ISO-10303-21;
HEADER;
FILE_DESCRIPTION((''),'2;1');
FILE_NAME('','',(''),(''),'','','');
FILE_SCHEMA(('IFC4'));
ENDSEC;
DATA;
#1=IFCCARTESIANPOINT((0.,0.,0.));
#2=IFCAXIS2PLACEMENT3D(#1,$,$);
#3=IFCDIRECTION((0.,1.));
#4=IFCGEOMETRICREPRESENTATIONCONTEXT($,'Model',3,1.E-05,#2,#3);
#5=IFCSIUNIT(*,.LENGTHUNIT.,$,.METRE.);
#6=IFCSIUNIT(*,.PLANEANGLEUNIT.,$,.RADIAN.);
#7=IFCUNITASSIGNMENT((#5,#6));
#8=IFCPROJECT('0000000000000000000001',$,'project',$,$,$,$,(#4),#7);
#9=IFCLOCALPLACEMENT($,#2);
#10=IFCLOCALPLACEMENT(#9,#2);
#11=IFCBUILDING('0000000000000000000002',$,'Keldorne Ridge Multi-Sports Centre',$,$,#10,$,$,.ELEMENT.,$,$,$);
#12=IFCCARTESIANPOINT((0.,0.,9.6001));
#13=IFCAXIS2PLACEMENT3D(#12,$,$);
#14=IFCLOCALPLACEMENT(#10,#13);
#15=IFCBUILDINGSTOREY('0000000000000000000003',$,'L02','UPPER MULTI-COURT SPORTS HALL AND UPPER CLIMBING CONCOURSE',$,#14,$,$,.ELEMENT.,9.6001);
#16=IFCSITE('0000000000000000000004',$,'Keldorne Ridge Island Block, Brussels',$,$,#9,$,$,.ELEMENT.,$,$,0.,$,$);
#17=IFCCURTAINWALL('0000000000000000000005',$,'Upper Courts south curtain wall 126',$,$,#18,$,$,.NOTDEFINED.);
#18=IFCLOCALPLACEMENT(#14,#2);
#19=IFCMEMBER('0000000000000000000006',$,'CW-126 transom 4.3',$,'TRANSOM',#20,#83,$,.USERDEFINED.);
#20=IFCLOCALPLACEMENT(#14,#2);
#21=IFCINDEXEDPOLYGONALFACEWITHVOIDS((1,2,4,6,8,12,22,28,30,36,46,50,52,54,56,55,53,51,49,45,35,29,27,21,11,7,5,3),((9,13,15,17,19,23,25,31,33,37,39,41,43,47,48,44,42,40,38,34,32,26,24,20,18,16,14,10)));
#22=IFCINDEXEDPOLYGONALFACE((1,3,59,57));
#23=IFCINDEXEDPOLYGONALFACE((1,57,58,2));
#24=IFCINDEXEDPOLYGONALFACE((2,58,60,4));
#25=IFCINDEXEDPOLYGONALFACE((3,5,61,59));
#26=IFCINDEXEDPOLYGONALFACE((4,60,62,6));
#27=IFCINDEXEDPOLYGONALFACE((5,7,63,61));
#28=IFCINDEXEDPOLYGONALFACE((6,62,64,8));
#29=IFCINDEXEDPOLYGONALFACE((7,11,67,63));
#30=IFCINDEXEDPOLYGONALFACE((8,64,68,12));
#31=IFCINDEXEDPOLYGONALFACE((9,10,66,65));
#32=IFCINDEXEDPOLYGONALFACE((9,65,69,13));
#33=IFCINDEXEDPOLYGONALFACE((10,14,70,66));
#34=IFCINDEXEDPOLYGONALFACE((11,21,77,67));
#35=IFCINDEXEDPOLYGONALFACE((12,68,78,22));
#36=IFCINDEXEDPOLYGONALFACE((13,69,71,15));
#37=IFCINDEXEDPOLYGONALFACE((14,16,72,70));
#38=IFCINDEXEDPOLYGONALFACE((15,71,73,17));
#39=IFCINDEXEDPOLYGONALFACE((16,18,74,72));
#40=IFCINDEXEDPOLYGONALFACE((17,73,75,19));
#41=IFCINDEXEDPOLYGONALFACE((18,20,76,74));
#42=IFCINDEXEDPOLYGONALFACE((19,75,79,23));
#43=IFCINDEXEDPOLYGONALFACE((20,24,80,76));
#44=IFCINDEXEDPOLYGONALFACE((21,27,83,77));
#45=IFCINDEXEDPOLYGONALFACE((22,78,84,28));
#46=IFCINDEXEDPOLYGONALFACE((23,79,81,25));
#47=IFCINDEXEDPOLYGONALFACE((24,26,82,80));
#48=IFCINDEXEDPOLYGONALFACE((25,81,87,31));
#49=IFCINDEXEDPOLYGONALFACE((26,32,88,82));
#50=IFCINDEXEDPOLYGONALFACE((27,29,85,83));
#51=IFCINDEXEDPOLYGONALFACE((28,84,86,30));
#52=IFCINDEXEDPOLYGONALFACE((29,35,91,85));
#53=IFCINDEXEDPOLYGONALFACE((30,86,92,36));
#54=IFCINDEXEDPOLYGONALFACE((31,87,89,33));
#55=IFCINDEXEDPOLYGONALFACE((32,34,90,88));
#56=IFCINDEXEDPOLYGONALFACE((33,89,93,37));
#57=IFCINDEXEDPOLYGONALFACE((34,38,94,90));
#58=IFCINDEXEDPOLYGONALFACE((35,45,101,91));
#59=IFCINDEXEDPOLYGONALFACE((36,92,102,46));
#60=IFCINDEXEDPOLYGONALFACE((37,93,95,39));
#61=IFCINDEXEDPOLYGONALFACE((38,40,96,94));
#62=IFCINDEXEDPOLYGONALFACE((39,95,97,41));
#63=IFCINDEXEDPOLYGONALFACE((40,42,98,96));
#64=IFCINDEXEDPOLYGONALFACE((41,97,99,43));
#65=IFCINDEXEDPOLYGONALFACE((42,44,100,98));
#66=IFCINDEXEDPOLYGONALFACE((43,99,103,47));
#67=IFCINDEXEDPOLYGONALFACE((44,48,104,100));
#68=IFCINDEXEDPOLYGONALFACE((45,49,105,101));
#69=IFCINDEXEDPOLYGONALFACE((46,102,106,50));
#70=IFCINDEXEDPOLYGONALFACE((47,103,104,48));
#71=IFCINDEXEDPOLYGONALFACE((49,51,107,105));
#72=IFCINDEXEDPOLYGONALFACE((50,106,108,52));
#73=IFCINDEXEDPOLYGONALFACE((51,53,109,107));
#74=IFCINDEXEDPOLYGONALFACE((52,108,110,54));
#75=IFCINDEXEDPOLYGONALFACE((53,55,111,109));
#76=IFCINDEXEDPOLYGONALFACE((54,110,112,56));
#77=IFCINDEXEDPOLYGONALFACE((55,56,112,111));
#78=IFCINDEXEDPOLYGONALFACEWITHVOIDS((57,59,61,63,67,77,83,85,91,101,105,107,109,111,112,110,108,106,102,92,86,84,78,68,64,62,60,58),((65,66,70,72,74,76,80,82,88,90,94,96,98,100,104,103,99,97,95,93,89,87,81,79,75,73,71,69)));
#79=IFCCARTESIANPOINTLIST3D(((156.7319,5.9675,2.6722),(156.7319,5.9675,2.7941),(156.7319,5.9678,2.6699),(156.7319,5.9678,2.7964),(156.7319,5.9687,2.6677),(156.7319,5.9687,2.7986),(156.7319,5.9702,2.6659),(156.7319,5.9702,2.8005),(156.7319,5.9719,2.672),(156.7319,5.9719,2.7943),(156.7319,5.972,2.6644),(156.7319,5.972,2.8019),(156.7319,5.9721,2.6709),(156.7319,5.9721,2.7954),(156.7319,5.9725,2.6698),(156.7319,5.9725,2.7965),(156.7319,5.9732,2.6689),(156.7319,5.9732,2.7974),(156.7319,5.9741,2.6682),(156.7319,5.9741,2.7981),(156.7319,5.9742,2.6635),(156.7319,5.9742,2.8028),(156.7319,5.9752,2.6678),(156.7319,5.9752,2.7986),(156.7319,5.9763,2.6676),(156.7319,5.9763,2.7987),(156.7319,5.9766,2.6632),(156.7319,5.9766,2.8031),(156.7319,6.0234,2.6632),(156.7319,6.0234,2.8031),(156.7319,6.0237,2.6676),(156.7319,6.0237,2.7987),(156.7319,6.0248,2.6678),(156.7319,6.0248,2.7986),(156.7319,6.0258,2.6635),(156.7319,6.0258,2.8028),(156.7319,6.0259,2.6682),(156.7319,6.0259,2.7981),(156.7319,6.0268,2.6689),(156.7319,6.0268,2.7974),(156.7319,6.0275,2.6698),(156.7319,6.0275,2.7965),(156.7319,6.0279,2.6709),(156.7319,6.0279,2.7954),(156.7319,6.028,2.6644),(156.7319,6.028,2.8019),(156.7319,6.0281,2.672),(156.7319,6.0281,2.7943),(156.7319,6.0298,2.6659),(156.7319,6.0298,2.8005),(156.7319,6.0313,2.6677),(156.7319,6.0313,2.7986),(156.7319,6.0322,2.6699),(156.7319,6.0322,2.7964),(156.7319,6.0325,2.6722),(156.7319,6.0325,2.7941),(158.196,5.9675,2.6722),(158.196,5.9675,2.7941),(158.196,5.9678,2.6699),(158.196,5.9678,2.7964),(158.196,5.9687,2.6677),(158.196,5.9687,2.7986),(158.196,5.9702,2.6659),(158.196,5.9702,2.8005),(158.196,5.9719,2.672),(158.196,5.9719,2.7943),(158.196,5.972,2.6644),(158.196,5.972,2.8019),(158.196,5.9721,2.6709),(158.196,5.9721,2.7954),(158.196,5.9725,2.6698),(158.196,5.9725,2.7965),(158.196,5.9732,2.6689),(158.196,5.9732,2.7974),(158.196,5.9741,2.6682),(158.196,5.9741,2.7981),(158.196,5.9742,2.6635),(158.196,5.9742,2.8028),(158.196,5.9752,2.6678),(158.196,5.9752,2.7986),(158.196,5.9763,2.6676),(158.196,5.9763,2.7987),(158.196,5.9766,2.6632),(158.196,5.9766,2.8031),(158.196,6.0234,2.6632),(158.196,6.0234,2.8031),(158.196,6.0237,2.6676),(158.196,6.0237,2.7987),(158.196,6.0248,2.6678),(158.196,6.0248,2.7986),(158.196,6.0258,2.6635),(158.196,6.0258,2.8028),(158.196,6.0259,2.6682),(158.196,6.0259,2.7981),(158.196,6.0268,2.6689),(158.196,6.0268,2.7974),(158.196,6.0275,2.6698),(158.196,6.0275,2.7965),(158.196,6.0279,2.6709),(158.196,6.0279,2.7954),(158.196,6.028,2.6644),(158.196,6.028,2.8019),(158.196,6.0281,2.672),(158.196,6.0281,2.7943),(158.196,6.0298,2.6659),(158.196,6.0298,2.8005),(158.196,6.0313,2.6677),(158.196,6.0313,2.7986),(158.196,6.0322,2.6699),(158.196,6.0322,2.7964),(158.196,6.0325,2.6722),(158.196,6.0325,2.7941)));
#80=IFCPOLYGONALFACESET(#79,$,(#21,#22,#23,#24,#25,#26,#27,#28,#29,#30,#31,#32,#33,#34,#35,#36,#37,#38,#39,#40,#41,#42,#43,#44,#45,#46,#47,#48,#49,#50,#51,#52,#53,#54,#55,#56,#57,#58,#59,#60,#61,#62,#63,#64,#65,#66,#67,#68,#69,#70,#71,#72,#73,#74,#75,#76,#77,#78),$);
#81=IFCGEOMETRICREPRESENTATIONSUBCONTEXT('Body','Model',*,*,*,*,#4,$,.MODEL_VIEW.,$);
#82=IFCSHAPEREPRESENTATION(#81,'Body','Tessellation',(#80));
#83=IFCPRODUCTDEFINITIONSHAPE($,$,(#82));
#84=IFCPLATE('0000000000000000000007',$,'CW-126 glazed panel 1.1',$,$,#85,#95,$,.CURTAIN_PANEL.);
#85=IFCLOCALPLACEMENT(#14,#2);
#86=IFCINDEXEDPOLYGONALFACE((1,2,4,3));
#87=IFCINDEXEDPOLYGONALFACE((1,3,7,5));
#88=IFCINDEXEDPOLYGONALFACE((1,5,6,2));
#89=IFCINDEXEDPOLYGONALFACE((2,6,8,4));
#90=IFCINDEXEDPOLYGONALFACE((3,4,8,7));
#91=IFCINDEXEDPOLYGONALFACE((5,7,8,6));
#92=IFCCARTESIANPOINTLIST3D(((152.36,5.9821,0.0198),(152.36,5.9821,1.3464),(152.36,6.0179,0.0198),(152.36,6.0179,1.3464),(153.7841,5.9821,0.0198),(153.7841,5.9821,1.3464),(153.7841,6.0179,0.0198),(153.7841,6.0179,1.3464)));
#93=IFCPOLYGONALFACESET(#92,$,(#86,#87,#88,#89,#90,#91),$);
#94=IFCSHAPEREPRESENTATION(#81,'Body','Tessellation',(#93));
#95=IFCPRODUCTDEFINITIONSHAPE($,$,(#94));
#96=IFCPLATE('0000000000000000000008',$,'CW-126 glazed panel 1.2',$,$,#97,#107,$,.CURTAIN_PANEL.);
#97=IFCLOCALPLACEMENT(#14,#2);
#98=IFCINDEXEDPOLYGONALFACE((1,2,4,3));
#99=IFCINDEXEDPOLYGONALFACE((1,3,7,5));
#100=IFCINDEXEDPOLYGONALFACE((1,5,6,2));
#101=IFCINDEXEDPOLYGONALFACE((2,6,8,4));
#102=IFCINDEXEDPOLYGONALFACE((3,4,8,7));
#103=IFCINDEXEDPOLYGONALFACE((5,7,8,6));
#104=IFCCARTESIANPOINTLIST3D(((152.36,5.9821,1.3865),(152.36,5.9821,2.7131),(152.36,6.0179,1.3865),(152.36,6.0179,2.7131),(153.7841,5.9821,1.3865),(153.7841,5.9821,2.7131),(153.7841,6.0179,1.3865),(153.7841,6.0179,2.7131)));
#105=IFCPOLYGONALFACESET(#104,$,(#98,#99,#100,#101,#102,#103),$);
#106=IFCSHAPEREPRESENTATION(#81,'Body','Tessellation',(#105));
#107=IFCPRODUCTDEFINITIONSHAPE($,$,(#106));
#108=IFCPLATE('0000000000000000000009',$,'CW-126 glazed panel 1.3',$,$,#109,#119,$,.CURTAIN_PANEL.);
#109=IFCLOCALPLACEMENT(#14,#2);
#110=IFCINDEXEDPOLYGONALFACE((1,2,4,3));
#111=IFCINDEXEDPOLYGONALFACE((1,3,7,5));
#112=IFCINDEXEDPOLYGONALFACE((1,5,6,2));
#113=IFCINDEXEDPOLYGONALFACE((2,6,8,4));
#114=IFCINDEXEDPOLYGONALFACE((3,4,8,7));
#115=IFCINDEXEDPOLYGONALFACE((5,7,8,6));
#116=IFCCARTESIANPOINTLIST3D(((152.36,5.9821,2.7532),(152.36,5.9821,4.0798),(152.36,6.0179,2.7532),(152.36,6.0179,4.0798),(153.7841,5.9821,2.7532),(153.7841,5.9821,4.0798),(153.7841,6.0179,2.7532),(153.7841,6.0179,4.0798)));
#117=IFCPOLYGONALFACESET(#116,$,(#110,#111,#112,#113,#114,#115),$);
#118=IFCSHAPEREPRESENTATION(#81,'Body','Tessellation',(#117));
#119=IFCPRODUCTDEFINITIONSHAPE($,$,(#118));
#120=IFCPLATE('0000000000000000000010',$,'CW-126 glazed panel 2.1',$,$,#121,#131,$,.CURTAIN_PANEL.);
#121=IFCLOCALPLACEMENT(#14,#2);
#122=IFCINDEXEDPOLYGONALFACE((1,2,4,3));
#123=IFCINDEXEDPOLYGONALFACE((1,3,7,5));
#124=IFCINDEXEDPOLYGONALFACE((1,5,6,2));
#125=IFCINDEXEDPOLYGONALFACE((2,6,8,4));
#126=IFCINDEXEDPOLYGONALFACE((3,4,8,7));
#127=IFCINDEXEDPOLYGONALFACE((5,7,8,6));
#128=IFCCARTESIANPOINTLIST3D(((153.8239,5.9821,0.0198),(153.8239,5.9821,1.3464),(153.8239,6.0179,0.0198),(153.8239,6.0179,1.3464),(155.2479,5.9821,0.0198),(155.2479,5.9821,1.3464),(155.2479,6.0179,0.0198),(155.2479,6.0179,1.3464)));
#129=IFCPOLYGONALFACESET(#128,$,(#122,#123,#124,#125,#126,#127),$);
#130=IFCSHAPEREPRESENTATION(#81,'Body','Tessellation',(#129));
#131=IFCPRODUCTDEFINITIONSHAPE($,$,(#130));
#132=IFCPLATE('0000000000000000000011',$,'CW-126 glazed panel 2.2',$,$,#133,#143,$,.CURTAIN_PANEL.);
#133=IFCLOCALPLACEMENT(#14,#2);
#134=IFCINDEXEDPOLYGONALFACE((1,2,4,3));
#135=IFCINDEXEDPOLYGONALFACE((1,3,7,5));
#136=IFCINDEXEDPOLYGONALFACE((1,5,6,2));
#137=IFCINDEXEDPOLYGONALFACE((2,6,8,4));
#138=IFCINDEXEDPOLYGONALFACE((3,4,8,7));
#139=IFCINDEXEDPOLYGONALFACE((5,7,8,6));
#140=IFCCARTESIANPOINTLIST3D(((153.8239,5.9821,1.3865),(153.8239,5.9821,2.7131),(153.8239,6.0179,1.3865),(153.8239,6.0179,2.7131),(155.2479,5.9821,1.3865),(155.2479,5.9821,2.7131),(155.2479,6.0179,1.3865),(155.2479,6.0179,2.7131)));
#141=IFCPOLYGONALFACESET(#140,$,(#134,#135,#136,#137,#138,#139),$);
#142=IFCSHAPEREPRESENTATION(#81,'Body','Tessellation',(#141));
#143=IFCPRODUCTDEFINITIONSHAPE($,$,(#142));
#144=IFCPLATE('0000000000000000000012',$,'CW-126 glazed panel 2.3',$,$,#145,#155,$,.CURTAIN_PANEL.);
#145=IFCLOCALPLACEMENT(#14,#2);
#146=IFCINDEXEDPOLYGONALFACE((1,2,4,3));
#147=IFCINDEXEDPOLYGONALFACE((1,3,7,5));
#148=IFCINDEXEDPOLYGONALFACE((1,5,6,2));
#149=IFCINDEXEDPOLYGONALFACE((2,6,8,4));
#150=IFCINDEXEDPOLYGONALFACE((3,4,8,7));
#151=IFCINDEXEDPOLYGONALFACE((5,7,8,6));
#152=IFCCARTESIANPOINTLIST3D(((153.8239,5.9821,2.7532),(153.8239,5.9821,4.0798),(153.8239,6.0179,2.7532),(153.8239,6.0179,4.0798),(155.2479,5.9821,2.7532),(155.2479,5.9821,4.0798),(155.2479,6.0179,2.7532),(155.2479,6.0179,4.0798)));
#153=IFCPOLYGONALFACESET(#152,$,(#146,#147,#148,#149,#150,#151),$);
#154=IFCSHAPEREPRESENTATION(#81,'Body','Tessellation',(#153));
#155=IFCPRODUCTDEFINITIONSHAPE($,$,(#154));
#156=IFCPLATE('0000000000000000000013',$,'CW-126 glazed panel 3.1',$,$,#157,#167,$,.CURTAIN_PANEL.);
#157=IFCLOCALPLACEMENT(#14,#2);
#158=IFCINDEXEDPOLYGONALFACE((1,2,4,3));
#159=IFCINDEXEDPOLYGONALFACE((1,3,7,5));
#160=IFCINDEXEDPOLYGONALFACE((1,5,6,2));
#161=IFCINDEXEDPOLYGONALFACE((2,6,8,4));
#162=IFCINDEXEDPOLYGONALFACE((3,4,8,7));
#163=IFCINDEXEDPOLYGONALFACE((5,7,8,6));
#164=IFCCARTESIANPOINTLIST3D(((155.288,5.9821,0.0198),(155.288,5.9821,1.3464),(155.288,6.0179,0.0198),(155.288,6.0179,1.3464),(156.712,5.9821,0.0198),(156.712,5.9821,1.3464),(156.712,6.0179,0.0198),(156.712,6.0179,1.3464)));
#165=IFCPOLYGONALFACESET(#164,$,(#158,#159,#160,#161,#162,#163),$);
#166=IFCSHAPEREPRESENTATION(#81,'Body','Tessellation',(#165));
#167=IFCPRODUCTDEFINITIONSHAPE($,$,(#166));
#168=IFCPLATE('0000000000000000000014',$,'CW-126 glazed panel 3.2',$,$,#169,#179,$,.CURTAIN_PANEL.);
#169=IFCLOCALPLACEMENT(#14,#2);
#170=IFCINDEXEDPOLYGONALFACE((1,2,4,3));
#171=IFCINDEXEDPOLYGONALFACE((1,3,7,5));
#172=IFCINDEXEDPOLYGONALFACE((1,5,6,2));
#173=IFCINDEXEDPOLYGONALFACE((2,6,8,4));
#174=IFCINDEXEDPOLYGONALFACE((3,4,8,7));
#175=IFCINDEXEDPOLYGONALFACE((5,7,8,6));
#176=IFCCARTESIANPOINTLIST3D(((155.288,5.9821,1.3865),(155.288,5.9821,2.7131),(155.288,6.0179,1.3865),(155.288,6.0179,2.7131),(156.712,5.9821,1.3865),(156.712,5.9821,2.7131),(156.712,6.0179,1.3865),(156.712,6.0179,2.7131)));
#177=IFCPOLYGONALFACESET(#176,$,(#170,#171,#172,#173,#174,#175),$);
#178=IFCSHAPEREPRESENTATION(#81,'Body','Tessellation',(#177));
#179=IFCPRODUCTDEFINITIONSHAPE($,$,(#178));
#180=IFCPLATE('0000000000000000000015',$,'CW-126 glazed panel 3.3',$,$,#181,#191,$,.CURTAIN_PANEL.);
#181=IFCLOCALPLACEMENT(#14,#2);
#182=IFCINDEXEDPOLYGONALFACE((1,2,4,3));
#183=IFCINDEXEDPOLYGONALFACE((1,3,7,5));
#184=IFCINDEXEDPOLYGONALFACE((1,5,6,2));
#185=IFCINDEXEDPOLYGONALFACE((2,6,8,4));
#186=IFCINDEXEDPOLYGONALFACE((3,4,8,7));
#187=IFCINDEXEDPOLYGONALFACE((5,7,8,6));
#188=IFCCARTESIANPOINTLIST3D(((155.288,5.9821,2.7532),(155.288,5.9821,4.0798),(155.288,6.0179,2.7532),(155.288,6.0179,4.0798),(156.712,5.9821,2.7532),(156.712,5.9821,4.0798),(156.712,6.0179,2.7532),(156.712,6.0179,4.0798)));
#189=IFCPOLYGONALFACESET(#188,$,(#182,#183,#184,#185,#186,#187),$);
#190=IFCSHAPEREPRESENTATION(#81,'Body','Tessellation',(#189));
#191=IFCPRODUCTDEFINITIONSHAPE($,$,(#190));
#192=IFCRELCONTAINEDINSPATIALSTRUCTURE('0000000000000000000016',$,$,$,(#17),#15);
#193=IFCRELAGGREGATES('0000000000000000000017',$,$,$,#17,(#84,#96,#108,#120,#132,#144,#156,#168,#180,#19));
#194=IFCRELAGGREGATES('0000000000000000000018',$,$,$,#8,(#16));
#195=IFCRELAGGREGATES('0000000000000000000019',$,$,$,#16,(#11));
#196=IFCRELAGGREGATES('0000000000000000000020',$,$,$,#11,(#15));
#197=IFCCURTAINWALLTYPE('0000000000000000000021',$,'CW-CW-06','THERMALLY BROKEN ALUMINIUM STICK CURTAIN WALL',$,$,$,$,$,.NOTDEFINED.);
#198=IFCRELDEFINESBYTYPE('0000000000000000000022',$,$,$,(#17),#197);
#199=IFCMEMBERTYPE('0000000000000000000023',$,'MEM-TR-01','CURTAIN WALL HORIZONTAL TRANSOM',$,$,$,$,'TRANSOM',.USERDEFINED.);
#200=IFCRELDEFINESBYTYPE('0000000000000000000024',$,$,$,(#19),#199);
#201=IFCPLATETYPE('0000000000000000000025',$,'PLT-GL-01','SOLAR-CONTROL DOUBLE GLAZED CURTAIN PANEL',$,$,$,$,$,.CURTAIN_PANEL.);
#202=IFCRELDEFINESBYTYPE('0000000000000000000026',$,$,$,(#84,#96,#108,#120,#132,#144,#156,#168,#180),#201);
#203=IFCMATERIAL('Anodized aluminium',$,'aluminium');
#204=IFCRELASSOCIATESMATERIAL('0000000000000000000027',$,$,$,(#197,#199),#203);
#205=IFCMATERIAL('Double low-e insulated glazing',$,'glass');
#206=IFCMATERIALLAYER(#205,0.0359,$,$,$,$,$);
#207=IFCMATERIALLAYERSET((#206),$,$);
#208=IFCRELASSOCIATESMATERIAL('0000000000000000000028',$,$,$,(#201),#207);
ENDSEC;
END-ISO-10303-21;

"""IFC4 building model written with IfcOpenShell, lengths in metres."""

from ifc_helpers import new_model, si_unit, direction, frame, origin, origin_2d, place, context, subcontext, project, spatial, rectangle, hollow_rectangle, extrude, material, layer, layer_set, material_profile, profile_set, type_object, element, aggregate, save


model = new_model("IFC4")

# Units and contexts
model_context = context("Model", 3, precision=1e-05, world=origin(), true_north=direction((0.0, 1.0)))
body_context = subcontext(model_context, "Body", "Model", "MODEL_VIEW")
ifc_project = project(units=[si_unit("LENGTHUNIT", "METRE"), si_unit("PLANEANGLEUNIT", "RADIAN")], contexts=[model_context])

# Site, building, storey
site_placement = place(None, origin())
site = spatial("IfcSite", under=ifc_project, at=site_placement, Name="Keldorne Ridge Island Block, Brussels", CompositionType="ELEMENT", RefElevation=0.0)
building_placement = place(site_placement, origin())
building = spatial("IfcBuilding", under=site, at=building_placement, Name="Keldorne Ridge Multi-Sports Centre", CompositionType="ELEMENT")
storey_placement = place(building_placement, frame((0.0, 0.0, 9.6001)))
storey = spatial("IfcBuildingStorey", under=building, at=storey_placement, Name="L02", Description="UPPER MULTI-COURT SPORTS HALL AND UPPER CLIMBING CONCOURSE", CompositionType="ELEMENT", Elevation=9.6001)

# Curtain wall, member, plates
ifc_material_1 = material(Name="Anodized aluminium", Category="aluminium")
curtain_wall_type = type_object("IfcCurtainWallType", Name="CW-CW-06", Description="THERMALLY BROKEN ALUMINIUM STICK CURTAIN WALL", PredefinedType="NOTDEFINED", material=ifc_material_1)
curtain_wall_placement = place(storey_placement, origin())
curtain_wall = element("IfcCurtainWall", 1, at=curtain_wall_placement, inside=storey, type_object=curtain_wall_type, Name="Upper Courts south curtain wall 126", PredefinedType="NOTDEFINED")
ifc_material_profile_1 = material_profile(ifc_material_1, hollow_rectangle(XDim=0.0649, YDim=0.1399, WallThickness=0.0044, InnerFilletRadius=0.0044, OuterFilletRadius=0.009, at=origin_2d()), Name="ALU TRANSOM 140x65x4.5")
ifc_profile_set_1 = profile_set([ifc_material_profile_1], Name="Anodized aluminium")
member_type_1 = type_object("IfcMemberType", Name="MEM-TR-01", Description="CURTAIN WALL HORIZONTAL TRANSOM", ElementType="TRANSOM", PredefinedType="USERDEFINED", material=ifc_profile_set_1)
member_1_placement = place(storey_placement, frame((156.7319, 6.0, 2.7332), z_axis=(1.0, 0.0, 0.0), x_axis=(0.0, 1.0, 0.0)))
member_1 = element("IfcMember", 2, at=member_1_placement, type_object=member_type_1, Name="CW-126 transom 4.3", ObjectType="TRANSOM", PredefinedType="USERDEFINED", context=body_context, shape_type="SweptSolid", body=[
    extrude(hollow_rectangle(XDim=0.0649, YDim=0.1399, WallThickness=0.0044, InnerFilletRadius=0.0044, OuterFilletRadius=0.009, at=origin_2d()), origin(), (0.0, 0.0, 1.0), 1.4641),
])
ifc_material_2 = material(Name="Double low-e insulated glazing", Category="glass")
ifc_layer = layer(ifc_material_2, 0.0359)
ifc_layer_set = layer_set([ifc_layer])
plate_type = type_object("IfcPlateType", Name="PLT-GL-01", Description="SOLAR-CONTROL DOUBLE GLAZED CURTAIN PANEL", PredefinedType="CURTAIN_PANEL", material=ifc_layer_set)
plate_1_placement = place(storey_placement, frame((153.072, 6.0, 0.0198), z_axis=(0.0, 0.0, 1.0), x_axis=(1.0, 0.0, 0.0)))
plate_1 = element("IfcPlate", 3, at=plate_1_placement, type_object=plate_type, Name="CW-126 glazed panel 1.1", PredefinedType="CURTAIN_PANEL", context=body_context, shape_type="SweptSolid", body=[
    extrude(rectangle(XDim=1.4241, YDim=0.0359, at=origin_2d()), origin(), (0.0, 0.0, 1.0), 1.3267),
])
plate_2_placement = place(storey_placement, frame((153.072, 6.0, 1.3865), z_axis=(0.0, 0.0, 1.0), x_axis=(1.0, 0.0, 0.0)))
plate_2 = element("IfcPlate", 4, at=plate_2_placement, type_object=plate_type, Name="CW-126 glazed panel 1.2", PredefinedType="CURTAIN_PANEL", context=body_context, shape_type="SweptSolid", body=[
    extrude(rectangle(XDim=1.4241, YDim=0.0359, at=origin_2d()), origin(), (0.0, 0.0, 1.0), 1.3267),
])
plate_3_placement = place(storey_placement, frame((153.072, 6.0, 2.7532), z_axis=(0.0, 0.0, 1.0), x_axis=(1.0, 0.0, 0.0)))
plate_3 = element("IfcPlate", 5, at=plate_3_placement, type_object=plate_type, Name="CW-126 glazed panel 1.3", PredefinedType="CURTAIN_PANEL", context=body_context, shape_type="SweptSolid", body=[
    extrude(rectangle(XDim=1.4241, YDim=0.0359, at=origin_2d()), origin(), (0.0, 0.0, 1.0), 1.3267),
])
plate_4_placement = place(storey_placement, frame((154.5359, 6.0, 0.0198), z_axis=(0.0, 0.0, 1.0), x_axis=(1.0, 0.0, 0.0)))
plate_4 = element("IfcPlate", 6, at=plate_4_placement, type_object=plate_type, Name="CW-126 glazed panel 2.1", PredefinedType="CURTAIN_PANEL", context=body_context, shape_type="SweptSolid", body=[
    extrude(rectangle(XDim=1.4241, YDim=0.0359, at=origin_2d()), origin(), (0.0, 0.0, 1.0), 1.3267),
])
plate_5_placement = place(storey_placement, frame((154.5359, 6.0, 1.3865), z_axis=(0.0, 0.0, 1.0), x_axis=(1.0, 0.0, 0.0)))
plate_5 = element("IfcPlate", 7, at=plate_5_placement, type_object=plate_type, Name="CW-126 glazed panel 2.2", PredefinedType="CURTAIN_PANEL", context=body_context, shape_type="SweptSolid", body=[
    extrude(rectangle(XDim=1.4241, YDim=0.0359, at=origin_2d()), origin(), (0.0, 0.0, 1.0), 1.3267),
])
plate_6_placement = place(storey_placement, frame((154.5359, 6.0, 2.7532), z_axis=(0.0, 0.0, 1.0), x_axis=(1.0, 0.0, 0.0)))
plate_6 = element("IfcPlate", 8, at=plate_6_placement, type_object=plate_type, Name="CW-126 glazed panel 2.3", PredefinedType="CURTAIN_PANEL", context=body_context, shape_type="SweptSolid", body=[
    extrude(rectangle(XDim=1.4241, YDim=0.0359, at=origin_2d()), origin(), (0.0, 0.0, 1.0), 1.3267),
])
plate_7_placement = place(storey_placement, frame((156.0, 6.0, 0.0198), z_axis=(0.0, 0.0, 1.0), x_axis=(1.0, 0.0, 0.0)))
plate_7 = element("IfcPlate", 9, at=plate_7_placement, type_object=plate_type, Name="CW-126 glazed panel 3.1", PredefinedType="CURTAIN_PANEL", context=body_context, shape_type="SweptSolid", body=[
    extrude(rectangle(XDim=1.4241, YDim=0.0359, at=origin_2d()), origin(), (0.0, 0.0, 1.0), 1.3267),
])
plate_8_placement = place(storey_placement, frame((156.0, 6.0, 1.3865), z_axis=(0.0, 0.0, 1.0), x_axis=(1.0, 0.0, 0.0)))
plate_8 = element("IfcPlate", 10, at=plate_8_placement, type_object=plate_type, Name="CW-126 glazed panel 3.2", PredefinedType="CURTAIN_PANEL", context=body_context, shape_type="SweptSolid", body=[
    extrude(rectangle(XDim=1.4241, YDim=0.0359, at=origin_2d()), origin(), (0.0, 0.0, 1.0), 1.3267),
])
plate_9_placement = place(storey_placement, frame((156.0, 6.0, 2.7532), z_axis=(0.0, 0.0, 1.0), x_axis=(1.0, 0.0, 0.0)))
plate_9 = element("IfcPlate", 11, at=plate_9_placement, type_object=plate_type, Name="CW-126 glazed panel 3.3", PredefinedType="CURTAIN_PANEL", context=body_context, shape_type="SweptSolid", body=[
    extrude(rectangle(XDim=1.4241, YDim=0.0359, at=origin_2d()), origin(), (0.0, 0.0, 1.0), 1.3267),
])
aggregate(curtain_wall, [plate_1, plate_2, plate_3, plate_4, plate_5, plate_6, plate_7, plate_8, plate_9, member_1])

save(model, "model.ifc")
